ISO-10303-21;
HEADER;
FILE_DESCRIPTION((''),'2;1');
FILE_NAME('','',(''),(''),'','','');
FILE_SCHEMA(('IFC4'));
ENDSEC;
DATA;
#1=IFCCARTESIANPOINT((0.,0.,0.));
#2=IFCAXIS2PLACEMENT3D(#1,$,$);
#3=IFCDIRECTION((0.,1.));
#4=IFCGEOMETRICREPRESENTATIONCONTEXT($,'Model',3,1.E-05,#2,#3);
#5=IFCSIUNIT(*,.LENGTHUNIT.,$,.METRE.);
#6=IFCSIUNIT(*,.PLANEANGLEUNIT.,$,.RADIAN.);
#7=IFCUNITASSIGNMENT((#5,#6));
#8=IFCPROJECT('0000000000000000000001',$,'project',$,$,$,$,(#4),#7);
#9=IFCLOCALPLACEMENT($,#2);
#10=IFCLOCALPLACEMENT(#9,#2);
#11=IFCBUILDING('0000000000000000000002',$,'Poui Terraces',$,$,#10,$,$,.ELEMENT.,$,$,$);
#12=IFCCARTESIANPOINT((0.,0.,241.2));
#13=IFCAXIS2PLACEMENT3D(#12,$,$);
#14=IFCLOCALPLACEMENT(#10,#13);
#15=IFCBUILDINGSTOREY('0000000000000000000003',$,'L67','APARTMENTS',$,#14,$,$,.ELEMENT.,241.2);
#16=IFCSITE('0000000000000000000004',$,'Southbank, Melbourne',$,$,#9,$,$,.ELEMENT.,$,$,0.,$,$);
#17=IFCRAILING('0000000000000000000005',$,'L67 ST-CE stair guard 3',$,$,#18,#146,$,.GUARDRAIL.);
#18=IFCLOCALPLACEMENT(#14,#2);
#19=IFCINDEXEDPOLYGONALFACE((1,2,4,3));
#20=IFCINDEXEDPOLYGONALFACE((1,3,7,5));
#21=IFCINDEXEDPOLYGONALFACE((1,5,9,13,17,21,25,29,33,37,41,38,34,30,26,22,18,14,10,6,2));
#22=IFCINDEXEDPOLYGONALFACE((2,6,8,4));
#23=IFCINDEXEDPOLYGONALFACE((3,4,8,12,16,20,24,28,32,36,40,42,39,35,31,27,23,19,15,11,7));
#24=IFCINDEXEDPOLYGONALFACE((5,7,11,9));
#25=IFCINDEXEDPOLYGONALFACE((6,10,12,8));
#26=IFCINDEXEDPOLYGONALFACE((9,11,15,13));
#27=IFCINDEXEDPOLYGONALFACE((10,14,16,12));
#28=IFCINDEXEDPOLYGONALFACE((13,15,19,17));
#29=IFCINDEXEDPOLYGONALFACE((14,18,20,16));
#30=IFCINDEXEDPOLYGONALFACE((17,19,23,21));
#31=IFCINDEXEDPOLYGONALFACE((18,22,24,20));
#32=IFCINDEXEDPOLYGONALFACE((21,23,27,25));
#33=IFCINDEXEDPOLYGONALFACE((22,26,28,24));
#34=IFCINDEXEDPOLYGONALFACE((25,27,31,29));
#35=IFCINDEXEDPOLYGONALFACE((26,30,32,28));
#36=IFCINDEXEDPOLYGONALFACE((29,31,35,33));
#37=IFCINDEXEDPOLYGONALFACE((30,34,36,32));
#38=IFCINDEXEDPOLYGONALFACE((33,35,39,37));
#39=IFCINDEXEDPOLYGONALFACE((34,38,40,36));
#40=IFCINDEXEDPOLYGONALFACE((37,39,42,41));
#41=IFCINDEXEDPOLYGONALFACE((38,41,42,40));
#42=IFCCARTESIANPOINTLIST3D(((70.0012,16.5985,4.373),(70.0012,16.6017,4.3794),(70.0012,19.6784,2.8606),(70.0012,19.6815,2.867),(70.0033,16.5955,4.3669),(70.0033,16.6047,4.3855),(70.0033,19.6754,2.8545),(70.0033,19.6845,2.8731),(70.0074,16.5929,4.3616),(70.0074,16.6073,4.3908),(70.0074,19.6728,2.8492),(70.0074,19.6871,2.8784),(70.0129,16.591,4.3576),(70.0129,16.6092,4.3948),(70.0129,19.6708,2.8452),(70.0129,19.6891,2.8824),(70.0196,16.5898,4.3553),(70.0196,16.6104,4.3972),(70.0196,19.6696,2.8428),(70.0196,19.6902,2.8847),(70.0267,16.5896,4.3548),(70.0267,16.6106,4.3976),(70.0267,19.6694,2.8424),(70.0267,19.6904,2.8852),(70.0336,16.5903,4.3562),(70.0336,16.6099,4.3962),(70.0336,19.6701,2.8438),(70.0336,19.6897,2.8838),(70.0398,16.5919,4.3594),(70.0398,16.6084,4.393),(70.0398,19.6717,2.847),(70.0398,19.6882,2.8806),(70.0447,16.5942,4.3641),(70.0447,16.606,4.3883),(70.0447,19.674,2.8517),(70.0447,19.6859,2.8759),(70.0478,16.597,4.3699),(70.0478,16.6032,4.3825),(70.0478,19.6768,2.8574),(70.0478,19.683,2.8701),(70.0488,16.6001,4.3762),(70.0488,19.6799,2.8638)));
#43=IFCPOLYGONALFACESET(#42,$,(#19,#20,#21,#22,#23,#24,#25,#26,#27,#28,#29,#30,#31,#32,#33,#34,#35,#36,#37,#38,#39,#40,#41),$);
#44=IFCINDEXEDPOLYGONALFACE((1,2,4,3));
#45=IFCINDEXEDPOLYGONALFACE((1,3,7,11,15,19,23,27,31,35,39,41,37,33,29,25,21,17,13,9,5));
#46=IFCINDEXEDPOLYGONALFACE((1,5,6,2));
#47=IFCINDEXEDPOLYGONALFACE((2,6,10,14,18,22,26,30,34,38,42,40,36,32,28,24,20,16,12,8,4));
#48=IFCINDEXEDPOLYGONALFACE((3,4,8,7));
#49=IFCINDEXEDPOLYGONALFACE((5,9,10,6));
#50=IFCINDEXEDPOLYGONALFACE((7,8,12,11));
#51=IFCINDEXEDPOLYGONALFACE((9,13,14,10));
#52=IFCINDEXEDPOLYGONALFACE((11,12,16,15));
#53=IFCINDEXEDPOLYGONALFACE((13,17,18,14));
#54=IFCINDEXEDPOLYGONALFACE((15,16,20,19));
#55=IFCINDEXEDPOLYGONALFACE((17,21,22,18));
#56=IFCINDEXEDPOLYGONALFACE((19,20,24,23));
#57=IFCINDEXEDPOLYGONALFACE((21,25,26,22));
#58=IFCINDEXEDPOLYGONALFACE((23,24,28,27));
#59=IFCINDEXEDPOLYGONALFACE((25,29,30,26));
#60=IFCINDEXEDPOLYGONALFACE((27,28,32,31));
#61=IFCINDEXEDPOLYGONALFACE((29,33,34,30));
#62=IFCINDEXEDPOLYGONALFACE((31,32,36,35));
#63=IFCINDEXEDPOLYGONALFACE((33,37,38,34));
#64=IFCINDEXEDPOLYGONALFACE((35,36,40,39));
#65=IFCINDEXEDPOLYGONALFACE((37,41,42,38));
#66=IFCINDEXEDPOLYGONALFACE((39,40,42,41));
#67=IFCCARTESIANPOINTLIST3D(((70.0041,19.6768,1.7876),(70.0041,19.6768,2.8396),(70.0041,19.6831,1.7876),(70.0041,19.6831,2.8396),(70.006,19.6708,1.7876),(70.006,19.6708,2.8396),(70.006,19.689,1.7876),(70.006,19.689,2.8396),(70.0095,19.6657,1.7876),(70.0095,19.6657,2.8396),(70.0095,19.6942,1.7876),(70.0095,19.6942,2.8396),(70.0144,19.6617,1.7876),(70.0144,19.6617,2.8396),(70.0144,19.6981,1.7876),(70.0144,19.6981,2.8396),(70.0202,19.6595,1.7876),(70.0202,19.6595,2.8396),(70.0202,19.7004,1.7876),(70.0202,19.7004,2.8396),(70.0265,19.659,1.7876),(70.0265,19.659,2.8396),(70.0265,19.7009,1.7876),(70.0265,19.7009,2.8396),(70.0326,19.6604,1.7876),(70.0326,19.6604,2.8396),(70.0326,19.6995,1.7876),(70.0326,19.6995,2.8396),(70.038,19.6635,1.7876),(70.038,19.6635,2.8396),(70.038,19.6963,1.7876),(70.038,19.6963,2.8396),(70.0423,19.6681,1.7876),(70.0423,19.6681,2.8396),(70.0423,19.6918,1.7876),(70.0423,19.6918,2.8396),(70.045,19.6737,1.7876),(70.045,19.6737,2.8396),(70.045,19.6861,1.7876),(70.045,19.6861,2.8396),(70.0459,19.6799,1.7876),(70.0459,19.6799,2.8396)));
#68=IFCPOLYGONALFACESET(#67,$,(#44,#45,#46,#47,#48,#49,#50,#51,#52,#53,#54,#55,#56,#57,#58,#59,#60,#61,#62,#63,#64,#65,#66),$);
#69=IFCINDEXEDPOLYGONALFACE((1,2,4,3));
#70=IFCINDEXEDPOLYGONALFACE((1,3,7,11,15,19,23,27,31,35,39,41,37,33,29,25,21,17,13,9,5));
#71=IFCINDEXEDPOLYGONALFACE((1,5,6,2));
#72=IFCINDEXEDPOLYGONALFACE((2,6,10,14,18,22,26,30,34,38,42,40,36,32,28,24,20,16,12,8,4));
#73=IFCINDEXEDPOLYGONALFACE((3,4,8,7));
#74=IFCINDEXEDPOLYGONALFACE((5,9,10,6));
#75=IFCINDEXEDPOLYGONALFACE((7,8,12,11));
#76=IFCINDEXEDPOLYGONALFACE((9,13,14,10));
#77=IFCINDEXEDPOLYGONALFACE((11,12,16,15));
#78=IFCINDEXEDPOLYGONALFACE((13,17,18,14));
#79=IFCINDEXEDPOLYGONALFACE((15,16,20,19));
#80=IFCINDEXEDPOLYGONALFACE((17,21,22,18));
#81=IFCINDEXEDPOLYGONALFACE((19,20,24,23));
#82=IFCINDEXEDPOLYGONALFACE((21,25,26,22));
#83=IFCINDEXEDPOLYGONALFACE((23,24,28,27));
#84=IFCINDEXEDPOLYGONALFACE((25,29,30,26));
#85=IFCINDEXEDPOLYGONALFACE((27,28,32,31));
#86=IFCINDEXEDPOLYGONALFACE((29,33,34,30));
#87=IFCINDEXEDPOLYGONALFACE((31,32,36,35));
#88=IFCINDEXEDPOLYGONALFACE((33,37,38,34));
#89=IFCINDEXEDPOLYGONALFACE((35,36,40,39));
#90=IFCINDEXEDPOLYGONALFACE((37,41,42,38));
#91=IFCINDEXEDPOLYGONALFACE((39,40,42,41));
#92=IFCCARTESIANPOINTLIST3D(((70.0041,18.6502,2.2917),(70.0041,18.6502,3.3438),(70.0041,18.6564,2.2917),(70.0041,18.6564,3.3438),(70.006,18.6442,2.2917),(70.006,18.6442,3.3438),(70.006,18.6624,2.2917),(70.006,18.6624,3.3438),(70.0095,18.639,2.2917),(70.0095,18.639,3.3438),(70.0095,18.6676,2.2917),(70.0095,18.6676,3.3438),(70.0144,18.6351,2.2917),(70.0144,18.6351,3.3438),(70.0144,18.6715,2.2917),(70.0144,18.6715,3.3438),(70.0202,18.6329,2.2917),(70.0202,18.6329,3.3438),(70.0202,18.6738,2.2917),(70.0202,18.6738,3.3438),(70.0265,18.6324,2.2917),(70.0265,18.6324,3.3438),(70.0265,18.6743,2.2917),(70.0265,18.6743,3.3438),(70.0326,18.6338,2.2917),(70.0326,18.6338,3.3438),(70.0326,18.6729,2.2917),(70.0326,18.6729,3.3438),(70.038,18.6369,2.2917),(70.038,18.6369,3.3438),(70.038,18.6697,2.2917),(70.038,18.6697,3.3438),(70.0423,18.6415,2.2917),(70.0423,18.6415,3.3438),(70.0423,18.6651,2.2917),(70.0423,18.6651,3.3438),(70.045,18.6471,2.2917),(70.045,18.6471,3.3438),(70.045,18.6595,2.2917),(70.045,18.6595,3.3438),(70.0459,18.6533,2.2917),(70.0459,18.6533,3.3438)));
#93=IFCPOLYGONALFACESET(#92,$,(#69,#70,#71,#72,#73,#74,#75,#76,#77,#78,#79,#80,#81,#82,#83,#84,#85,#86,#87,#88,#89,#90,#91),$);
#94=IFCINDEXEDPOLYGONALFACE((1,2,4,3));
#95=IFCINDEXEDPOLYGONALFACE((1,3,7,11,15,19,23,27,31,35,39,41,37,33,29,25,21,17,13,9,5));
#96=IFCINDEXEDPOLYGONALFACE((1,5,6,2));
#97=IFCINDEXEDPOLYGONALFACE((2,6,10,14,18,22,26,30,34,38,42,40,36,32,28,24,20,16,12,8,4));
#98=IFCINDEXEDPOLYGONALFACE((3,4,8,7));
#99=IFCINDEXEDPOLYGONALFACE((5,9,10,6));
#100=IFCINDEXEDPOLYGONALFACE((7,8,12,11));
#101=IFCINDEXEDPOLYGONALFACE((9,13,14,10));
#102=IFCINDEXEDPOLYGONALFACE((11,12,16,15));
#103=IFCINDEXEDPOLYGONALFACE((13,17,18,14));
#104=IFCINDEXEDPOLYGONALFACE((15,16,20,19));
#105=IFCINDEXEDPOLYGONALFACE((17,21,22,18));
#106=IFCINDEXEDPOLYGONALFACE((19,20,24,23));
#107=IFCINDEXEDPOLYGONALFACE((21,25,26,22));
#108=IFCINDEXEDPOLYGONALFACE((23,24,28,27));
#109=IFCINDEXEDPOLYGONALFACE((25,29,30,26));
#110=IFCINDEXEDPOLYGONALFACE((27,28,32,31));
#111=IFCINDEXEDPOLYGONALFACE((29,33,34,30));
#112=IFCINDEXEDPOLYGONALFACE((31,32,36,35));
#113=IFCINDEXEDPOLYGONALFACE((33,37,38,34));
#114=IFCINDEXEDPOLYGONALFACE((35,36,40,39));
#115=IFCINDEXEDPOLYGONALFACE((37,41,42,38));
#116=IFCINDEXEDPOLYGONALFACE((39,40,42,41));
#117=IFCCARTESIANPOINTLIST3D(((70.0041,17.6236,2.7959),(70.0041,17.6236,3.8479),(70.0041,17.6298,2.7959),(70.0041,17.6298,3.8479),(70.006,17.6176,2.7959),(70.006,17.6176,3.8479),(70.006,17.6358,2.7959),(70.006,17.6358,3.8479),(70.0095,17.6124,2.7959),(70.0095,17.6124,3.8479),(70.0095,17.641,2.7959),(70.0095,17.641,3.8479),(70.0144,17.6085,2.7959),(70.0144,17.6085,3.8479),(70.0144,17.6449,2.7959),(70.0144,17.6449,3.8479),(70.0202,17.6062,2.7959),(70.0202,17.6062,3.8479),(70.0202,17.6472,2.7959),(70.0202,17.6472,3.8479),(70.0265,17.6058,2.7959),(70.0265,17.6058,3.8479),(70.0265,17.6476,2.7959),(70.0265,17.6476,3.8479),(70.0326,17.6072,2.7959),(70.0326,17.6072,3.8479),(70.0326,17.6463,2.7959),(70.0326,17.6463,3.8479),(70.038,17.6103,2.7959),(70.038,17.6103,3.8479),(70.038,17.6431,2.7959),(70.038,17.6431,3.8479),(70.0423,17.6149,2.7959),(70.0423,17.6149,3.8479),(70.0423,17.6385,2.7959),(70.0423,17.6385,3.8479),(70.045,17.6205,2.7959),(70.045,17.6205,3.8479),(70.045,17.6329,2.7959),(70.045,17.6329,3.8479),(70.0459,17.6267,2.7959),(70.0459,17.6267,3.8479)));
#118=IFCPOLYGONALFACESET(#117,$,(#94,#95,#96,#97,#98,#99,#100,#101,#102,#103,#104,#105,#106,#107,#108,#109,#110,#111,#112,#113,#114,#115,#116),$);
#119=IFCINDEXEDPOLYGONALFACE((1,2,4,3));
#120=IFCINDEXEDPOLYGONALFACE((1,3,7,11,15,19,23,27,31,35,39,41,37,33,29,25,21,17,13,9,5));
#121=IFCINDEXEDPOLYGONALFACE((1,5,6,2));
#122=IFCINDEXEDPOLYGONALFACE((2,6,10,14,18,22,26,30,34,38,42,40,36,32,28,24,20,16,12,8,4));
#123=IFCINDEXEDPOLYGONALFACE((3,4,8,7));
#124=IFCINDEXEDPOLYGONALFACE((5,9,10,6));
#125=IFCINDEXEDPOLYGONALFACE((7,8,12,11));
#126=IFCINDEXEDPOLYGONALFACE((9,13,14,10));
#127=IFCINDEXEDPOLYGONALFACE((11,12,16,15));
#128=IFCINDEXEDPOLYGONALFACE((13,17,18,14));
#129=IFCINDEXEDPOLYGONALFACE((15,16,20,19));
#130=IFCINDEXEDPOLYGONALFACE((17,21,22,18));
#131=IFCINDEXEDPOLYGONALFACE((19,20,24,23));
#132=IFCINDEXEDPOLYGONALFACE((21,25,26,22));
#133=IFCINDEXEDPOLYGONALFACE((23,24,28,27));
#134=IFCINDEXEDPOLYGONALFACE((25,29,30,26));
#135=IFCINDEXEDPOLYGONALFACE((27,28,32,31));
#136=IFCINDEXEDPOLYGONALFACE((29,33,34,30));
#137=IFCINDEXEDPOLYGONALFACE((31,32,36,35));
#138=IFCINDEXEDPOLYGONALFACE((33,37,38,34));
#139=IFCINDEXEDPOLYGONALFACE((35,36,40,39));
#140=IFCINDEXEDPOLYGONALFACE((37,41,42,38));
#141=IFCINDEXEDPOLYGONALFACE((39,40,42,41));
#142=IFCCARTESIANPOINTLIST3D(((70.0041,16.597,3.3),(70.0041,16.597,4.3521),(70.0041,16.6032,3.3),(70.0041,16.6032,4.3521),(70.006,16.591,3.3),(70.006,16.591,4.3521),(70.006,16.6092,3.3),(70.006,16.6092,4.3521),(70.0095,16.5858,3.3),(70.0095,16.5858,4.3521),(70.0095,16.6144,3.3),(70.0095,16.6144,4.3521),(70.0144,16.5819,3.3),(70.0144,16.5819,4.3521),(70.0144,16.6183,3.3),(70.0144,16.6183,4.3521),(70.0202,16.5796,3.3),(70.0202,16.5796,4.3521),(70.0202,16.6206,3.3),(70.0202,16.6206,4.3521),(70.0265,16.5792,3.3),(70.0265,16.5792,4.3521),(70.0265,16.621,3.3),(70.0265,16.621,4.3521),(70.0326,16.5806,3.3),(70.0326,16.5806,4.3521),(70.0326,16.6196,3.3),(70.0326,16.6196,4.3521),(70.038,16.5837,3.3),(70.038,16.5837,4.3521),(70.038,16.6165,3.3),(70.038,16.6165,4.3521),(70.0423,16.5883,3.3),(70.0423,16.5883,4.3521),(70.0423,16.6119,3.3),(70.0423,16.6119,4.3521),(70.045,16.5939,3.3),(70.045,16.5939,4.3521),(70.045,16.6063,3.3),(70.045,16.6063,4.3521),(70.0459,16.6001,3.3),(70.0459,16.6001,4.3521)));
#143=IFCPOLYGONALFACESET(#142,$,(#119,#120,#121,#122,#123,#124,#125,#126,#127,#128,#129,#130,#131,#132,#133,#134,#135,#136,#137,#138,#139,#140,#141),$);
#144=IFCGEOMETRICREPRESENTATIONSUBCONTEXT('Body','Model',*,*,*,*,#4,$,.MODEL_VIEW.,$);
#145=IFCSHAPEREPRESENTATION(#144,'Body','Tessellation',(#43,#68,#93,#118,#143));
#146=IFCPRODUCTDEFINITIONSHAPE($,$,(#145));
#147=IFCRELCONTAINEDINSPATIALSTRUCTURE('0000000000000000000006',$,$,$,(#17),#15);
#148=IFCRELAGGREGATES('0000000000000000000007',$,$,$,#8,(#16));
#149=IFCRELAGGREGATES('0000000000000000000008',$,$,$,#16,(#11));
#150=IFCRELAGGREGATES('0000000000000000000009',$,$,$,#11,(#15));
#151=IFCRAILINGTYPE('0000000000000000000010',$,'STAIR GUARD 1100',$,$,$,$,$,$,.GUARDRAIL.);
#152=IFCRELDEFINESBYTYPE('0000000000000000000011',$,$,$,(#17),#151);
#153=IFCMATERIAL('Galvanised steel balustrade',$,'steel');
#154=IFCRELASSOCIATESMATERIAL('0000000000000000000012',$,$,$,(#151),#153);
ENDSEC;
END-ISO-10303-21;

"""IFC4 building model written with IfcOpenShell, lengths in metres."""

from ifc_helpers import new_model, si_unit, direction, frame, origin, origin_2d, place, context, subcontext, project, spatial, circle, extrude, material, type_object, element, save


model = new_model("IFC4")

# Units and contexts
model_context = context("Model", 3, precision=1e-05, world=origin(), true_north=direction((0.0, 1.0)))
body_context = subcontext(model_context, "Body", "Model", "MODEL_VIEW")
ifc_project = project(units=[si_unit("LENGTHUNIT", "METRE"), si_unit("PLANEANGLEUNIT", "RADIAN")], contexts=[model_context])

# Site, building, storey
site_placement = place(None, origin())
site = spatial("IfcSite", under=ifc_project, at=site_placement, Name="Southbank, Melbourne", CompositionType="ELEMENT", RefElevation=0.0)
building_placement = place(site_placement, origin())
building = spatial("IfcBuilding", under=site, at=building_placement, Name="Poui Terraces", CompositionType="ELEMENT")
storey_placement = place(building_placement, frame((0.0, 0.0, 241.2)))
storey = spatial("IfcBuildingStorey", under=building, at=storey_placement, Name="L67", Description="APARTMENTS", CompositionType="ELEMENT", Elevation=241.2)

# Railing
ifc_material_1 = material(Name="Galvanised steel balustrade", Category="steel")
railing_type_1 = type_object("IfcRailingType", Name="STAIR GUARD 1100", PredefinedType="GUARDRAIL", material=ifc_material_1)
railing_1_placement = place(storey_placement, frame((70.0249, 19.6799, 1.7876)))
element("IfcRailing", 1, at=railing_1_placement, inside=storey, type_object=railing_type_1, Name="L67 ST-CE stair guard 3", PredefinedType="GUARDRAIL", context=body_context, shape_type="SweptSolid", body=[
    extrude(circle(Radius=0.0239, at=origin_2d()), frame((0.0, 0.0, 1.0762), z_axis=(0.0, -0.897606, 0.440798), x_axis=(1.0, 0.0, 0.0)), (0.0, 0.0, 1.0), 3.4312),
    extrude(circle(Radius=0.021, at=origin_2d()), origin(), (0.0, 0.0, 1.0), 1.052),
    extrude(circle(Radius=0.021, at=origin_2d()), frame((0.0, -1.0266, 0.5042)), (0.0, 0.0, 1.0), 1.052),
    extrude(circle(Radius=0.021, at=origin_2d()), frame((0.0, -2.0532, 1.0083)), (0.0, 0.0, 1.0), 1.052),
    extrude(circle(Radius=0.021, at=origin_2d()), frame((0.0, -3.0798, 1.5125)), (0.0, 0.0, 1.0), 1.052),
])

save(model, "model.ifc")
